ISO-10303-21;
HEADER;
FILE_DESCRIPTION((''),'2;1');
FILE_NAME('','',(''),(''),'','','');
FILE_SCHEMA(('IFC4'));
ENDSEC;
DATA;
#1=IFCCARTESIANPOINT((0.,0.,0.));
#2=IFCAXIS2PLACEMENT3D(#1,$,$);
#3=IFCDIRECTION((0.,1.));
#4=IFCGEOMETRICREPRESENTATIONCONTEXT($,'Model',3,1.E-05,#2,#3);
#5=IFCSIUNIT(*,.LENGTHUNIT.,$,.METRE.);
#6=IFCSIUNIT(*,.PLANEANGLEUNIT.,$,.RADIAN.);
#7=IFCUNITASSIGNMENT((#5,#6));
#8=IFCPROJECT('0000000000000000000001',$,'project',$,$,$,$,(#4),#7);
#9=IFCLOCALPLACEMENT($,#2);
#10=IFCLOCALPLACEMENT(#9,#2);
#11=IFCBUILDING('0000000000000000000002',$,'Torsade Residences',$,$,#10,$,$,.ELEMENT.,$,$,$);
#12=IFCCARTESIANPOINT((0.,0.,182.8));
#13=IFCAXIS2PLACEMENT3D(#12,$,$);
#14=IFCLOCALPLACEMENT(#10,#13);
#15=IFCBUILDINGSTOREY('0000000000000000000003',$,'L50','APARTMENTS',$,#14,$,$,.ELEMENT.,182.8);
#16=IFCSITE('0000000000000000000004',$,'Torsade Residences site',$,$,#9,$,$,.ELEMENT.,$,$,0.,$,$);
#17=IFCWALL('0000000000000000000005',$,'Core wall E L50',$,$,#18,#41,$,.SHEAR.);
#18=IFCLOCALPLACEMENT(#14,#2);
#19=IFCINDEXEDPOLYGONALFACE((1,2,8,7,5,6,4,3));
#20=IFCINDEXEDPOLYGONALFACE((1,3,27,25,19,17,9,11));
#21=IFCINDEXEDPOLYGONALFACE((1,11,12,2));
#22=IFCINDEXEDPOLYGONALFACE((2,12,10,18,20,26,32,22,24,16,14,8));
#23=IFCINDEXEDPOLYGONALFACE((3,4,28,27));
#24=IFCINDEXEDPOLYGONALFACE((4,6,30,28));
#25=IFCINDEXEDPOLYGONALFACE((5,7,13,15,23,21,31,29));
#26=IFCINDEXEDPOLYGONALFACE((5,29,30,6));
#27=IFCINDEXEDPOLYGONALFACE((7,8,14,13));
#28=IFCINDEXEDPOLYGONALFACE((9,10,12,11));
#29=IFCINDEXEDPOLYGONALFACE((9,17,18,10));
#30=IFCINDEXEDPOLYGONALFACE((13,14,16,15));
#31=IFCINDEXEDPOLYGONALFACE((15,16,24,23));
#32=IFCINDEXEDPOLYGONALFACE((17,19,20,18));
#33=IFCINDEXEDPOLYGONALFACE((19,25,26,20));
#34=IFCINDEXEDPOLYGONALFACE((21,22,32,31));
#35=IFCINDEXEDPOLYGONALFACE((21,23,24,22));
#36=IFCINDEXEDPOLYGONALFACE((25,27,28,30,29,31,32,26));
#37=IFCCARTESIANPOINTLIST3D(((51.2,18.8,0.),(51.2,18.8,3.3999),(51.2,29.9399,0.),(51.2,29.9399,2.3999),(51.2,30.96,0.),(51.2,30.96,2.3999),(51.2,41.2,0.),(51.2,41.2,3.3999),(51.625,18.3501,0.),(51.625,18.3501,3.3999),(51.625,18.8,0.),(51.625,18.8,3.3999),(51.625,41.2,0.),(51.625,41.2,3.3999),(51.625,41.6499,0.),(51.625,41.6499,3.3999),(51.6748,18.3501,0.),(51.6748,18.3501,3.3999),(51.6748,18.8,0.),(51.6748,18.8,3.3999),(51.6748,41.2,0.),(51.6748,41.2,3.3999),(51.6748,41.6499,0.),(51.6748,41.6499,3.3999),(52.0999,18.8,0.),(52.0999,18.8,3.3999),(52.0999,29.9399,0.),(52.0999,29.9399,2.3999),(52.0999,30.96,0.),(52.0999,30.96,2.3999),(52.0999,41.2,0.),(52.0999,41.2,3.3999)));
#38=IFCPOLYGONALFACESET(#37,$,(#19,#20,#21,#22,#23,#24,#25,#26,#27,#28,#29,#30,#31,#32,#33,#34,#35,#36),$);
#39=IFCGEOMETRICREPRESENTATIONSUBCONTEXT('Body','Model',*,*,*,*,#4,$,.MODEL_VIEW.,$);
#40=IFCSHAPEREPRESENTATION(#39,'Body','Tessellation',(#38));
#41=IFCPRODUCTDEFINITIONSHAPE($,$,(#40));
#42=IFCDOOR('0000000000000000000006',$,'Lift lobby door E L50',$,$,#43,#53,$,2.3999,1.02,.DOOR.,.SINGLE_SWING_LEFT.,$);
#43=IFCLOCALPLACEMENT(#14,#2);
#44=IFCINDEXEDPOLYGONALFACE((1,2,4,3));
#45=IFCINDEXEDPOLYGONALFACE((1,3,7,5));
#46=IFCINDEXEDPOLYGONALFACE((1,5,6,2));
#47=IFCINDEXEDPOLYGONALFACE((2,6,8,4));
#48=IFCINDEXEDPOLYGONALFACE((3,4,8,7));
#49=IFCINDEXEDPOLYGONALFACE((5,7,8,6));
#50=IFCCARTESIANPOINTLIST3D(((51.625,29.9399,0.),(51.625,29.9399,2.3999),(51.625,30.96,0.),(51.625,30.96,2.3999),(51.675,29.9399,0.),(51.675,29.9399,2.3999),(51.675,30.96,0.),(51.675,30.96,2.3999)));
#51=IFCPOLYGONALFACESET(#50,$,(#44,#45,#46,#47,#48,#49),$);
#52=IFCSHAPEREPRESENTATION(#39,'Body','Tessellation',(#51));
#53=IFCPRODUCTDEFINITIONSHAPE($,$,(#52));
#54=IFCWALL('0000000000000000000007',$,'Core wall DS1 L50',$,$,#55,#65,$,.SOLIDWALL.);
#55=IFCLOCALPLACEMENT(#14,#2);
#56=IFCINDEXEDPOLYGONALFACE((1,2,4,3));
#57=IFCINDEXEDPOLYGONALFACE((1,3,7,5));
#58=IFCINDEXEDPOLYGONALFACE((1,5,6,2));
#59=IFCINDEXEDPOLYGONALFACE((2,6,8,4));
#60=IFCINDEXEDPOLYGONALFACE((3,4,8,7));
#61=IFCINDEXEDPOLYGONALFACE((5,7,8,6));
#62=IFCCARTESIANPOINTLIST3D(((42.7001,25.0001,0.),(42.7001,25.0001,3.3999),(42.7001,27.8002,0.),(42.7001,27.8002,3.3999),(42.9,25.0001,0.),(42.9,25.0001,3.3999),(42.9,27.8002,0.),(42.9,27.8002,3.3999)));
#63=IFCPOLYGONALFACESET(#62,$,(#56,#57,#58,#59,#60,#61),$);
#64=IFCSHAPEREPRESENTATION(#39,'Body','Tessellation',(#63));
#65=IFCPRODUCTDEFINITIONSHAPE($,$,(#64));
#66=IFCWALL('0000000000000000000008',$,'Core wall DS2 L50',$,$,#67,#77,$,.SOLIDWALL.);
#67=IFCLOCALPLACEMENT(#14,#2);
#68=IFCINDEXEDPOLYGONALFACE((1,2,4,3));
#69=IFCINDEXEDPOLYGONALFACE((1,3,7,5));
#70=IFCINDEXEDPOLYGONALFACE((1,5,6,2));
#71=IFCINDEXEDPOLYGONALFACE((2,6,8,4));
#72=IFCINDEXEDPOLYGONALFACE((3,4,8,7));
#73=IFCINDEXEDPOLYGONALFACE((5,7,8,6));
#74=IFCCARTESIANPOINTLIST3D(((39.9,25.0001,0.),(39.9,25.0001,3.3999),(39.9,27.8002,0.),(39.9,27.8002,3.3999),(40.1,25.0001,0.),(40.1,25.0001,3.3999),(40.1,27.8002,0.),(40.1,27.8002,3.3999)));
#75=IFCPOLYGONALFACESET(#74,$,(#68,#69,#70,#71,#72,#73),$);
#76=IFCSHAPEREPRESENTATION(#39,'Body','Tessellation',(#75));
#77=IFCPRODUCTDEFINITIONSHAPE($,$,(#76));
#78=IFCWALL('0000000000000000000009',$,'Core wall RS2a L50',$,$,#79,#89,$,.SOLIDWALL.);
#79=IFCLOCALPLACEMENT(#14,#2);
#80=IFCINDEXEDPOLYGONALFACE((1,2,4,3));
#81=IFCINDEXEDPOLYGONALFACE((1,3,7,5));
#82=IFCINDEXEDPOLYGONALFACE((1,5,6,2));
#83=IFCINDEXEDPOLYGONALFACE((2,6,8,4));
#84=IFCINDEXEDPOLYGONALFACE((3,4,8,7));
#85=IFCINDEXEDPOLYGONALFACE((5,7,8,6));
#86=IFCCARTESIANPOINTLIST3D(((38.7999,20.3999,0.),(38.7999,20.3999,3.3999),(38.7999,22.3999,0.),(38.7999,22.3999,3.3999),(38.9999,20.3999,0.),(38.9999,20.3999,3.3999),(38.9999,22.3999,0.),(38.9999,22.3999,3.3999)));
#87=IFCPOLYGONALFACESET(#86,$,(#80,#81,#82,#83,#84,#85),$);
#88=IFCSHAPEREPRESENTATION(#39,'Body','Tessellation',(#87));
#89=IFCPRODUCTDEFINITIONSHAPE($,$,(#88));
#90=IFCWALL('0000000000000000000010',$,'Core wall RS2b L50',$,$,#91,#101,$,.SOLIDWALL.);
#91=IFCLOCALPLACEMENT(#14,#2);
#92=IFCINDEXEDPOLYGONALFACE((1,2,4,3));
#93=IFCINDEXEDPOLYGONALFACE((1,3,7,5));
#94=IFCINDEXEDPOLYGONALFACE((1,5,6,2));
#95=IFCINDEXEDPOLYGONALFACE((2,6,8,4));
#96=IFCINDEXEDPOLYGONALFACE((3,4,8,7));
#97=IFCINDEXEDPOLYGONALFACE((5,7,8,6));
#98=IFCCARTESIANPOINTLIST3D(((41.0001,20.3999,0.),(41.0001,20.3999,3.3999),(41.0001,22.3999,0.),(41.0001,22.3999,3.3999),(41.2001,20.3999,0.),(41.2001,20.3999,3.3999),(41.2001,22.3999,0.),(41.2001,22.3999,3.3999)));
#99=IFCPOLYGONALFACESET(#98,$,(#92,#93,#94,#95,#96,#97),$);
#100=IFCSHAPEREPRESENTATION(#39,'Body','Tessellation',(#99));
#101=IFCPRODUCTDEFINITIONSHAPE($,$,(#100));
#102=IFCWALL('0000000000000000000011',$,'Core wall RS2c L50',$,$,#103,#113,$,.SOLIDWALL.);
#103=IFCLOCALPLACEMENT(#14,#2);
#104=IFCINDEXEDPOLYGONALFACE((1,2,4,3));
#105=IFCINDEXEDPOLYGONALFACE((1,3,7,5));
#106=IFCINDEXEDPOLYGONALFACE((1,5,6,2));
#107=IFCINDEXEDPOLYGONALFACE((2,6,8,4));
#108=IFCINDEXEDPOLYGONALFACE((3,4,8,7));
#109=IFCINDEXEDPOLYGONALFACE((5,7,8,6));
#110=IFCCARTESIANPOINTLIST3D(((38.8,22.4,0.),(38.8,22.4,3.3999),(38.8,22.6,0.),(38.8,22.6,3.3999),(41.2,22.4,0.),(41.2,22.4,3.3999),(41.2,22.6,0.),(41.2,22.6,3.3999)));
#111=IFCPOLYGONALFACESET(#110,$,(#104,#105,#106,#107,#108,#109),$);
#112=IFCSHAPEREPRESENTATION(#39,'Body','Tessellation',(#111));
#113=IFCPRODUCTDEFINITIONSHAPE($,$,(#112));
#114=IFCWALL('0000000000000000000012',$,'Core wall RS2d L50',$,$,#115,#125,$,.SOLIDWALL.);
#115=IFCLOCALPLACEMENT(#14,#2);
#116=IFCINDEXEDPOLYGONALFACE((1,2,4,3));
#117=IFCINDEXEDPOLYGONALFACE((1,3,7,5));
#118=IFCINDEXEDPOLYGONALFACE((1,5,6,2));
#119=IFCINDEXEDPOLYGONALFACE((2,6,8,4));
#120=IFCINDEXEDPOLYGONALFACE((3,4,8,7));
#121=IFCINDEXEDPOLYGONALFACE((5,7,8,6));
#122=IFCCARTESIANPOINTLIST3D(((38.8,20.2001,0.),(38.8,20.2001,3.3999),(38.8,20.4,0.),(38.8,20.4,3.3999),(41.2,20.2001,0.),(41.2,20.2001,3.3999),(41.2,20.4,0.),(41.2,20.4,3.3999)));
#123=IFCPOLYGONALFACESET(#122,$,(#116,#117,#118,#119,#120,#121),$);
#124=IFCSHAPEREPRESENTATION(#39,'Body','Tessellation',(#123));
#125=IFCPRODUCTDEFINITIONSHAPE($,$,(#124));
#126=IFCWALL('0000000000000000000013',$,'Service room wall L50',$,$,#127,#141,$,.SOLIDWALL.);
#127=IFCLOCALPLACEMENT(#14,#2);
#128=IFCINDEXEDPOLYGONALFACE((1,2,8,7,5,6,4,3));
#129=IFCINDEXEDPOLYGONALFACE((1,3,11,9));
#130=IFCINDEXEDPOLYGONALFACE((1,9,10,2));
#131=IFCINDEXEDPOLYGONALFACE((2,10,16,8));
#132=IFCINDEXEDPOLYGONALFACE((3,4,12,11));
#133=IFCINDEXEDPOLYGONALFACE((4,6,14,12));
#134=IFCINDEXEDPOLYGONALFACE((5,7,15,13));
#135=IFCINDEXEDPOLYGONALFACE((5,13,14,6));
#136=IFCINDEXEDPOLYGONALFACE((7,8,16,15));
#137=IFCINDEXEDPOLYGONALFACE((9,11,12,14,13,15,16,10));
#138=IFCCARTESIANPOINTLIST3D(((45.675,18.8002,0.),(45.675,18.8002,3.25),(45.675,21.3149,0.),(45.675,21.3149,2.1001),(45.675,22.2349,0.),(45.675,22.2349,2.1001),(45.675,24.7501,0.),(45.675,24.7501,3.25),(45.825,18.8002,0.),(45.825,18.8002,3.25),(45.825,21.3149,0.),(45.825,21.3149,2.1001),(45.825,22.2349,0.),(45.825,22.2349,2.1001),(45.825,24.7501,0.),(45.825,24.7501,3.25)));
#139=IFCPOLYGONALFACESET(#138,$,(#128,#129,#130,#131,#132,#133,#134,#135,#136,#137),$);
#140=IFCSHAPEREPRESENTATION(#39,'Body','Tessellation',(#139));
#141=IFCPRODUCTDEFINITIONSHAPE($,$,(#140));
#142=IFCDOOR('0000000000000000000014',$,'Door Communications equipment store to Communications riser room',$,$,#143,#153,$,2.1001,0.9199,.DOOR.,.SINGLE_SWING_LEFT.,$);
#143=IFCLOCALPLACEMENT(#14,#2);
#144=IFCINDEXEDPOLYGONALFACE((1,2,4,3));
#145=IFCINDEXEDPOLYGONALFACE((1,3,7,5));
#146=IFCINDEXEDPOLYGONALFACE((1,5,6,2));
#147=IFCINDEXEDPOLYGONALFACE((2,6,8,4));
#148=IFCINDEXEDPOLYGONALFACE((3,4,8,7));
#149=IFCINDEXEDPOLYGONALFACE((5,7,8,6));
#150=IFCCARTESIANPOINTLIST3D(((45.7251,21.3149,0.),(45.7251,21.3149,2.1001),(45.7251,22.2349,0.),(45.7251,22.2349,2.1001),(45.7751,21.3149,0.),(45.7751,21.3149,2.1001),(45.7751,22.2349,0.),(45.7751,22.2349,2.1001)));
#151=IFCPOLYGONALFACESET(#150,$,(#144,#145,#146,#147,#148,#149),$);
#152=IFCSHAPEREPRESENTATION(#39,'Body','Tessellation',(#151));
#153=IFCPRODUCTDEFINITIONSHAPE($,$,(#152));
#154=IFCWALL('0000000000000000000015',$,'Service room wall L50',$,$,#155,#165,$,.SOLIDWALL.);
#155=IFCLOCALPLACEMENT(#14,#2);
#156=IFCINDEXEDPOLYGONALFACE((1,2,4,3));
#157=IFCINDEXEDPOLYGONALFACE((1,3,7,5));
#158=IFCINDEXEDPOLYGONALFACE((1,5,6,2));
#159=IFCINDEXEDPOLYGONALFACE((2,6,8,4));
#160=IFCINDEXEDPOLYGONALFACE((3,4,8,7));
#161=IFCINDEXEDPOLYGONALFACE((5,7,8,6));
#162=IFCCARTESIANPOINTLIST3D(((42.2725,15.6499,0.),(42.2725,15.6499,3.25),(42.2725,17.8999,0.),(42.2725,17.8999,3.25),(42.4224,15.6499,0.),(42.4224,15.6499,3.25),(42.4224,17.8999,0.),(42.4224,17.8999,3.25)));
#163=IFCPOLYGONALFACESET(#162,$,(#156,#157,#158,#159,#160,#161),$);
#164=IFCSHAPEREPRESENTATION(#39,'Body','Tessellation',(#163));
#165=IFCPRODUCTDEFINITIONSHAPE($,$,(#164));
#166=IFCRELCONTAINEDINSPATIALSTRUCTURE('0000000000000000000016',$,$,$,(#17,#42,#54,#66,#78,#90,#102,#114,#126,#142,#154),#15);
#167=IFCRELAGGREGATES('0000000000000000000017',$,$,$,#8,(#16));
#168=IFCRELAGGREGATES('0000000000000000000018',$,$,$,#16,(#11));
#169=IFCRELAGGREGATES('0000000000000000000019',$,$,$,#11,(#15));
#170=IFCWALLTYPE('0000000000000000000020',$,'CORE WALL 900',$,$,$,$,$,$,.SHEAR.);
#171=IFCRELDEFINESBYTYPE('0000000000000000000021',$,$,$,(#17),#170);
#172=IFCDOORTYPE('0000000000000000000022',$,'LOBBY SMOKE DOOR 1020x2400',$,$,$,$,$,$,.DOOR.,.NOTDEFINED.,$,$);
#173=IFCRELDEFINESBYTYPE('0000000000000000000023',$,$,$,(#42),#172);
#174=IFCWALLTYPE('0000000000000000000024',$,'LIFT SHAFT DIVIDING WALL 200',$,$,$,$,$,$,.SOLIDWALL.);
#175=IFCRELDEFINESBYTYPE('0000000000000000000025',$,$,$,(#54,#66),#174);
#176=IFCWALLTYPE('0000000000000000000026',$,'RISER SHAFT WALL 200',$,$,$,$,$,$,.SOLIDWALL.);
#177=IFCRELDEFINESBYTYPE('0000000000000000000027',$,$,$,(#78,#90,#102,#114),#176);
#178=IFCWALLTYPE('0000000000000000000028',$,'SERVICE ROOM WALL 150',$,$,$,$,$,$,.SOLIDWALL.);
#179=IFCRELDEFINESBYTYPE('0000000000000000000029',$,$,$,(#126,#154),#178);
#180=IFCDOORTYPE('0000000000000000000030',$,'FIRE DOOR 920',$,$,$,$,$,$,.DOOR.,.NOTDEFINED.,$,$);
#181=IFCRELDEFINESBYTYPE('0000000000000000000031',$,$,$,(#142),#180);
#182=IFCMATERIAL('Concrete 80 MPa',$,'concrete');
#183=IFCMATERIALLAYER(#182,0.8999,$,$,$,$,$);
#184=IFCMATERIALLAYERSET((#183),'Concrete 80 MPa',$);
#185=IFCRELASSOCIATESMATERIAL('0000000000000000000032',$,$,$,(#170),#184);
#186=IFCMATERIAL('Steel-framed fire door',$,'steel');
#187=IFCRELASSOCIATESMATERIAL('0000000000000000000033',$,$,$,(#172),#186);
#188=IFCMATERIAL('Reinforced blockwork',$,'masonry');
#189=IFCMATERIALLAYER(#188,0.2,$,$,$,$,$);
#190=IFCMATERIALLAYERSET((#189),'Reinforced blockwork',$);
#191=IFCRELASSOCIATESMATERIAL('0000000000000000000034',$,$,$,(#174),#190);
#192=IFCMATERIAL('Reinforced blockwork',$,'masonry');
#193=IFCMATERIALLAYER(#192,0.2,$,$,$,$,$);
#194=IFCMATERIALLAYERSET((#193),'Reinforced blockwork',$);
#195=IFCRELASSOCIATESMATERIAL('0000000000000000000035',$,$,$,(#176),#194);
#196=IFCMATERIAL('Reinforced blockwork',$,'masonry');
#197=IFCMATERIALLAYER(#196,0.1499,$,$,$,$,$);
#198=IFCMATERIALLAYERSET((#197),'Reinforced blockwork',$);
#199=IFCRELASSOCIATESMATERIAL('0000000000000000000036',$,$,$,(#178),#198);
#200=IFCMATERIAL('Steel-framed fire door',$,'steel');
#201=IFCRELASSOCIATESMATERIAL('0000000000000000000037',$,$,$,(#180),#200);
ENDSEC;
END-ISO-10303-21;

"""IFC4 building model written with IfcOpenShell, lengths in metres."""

from ifc_helpers import new_model, si_unit, direction, frame, frame_2d, origin, place, context, subcontext, project, spatial, polyline, rectangle, outline, extrude, material, layer, layer_set, type_object, element, fill, save


model = new_model("IFC4")

# Units and contexts
model_context = context("Model", 3, precision=1e-05, world=origin(), true_north=direction((0.0, 1.0)))
body_context = subcontext(model_context, "Body", "Model", "MODEL_VIEW")
ifc_project = project(units=[si_unit("LENGTHUNIT", "METRE"), si_unit("PLANEANGLEUNIT", "RADIAN")], contexts=[model_context])

# Site, building, storey
site_placement = place(None, origin())
site = spatial("IfcSite", under=ifc_project, at=site_placement, Name="Torsade Residences site", CompositionType="ELEMENT", RefElevation=0.0)
building_placement = place(site_placement, origin())
building = spatial("IfcBuilding", under=site, at=building_placement, Name="Torsade Residences", CompositionType="ELEMENT")
storey_placement = place(building_placement, frame((0.0, 0.0, 182.8)))
storey = spatial("IfcBuildingStorey", under=building, at=storey_placement, Name="L50", Description="APARTMENTS", CompositionType="ELEMENT", Elevation=182.8)

# Shared definitions
ifc_material_1 = material(Name="Concrete 80 MPa", Category="concrete")
ifc_layer_1 = layer(ifc_material_1, 0.8999)
ifc_layer_set_1 = layer_set([ifc_layer_1], Name="Concrete 80 MPa")
wall_type_1 = type_object("IfcWallType", Name="CORE WALL 900", PredefinedType="SHEAR", material=ifc_layer_set_1)

# Wall, opening, door
wall_1_placement = place(storey_placement, frame((51.6499, 18.8, 0.0), z_axis=(0.0, 0.0, 1.0), x_axis=(0.0, 1.0, 0.0)))
wall_1 = element("IfcWall", 1, at=wall_1_placement, inside=storey, type_object=wall_type_1, Name="Core wall E L50", PredefinedType="SHEAR", context=body_context, shape_type="SweptSolid", body=[
    extrude(outline(polyline([(0.0, -0.45), (22.3999, -0.45), (22.3999, -0.0249), (22.8499, -0.0249), (22.8499, 0.0249), (22.3999, 0.0249), (22.3999, 0.45), (0.0, 0.45), (0.0, 0.0249), (-0.45, 0.0249), (-0.45, -0.0249), (0.0, -0.0249), (0.0, -0.45)])), origin(), (0.0, 0.0, 1.0), 3.3999),
])
opening_1_placement = place(wall_1_placement, frame((11.1399, 0.0, 0.0)))
opening_1 = element("IfcOpeningElement", 2, at=opening_1_placement, cuts=wall_1, PredefinedType="OPENING", context=body_context, shape_type="SweptSolid", body=[
    extrude(rectangle(XDim=1.02, YDim=2.3999, at=frame_2d((0.51, 1.2))), frame((0.0, 0.46, 0.0), z_axis=(0.0, -1.0, 0.0), x_axis=(1.0, 0.0, 0.0)), (0.0, 0.0, 1.0), 0.9199),
])
ifc_material_2 = material(Name="Steel-framed fire door", Category="steel")
door_type_1 = type_object("IfcDoorType", Name="LOBBY SMOKE DOOR 1020x2400", OperationType="NOTDEFINED", PredefinedType="DOOR", material=ifc_material_2)
door_1_placement = place(opening_1_placement, origin())
door_1 = element("IfcDoor", 3, at=door_1_placement, inside=storey, type_object=door_type_1, Name="Lift lobby door E L50", OperationType="SINGLE_SWING_LEFT", OverallHeight=2.3999, OverallWidth=1.02, PredefinedType="DOOR", context=body_context, shape_type="SweptSolid", body=[
    extrude(rectangle(XDim=1.02, YDim=2.3999, at=frame_2d((0.51, 1.2))), frame((0.0, 0.0249, 0.0), z_axis=(0.0, -1.0, 0.0), x_axis=(1.0, 0.0, 0.0)), (0.0, 0.0, 1.0), 0.05),
])
fill(opening_1, door_1)

# Walls
ifc_material_3 = material(Name="Reinforced blockwork", Category="masonry")
ifc_layer_2 = layer(ifc_material_3, 0.2)
ifc_layer_set_2 = layer_set([ifc_layer_2], Name="Reinforced blockwork")
wall_type_2 = type_object("IfcWallType", Name="LIFT SHAFT DIVIDING WALL 200", PredefinedType="SOLIDWALL", material=ifc_layer_set_2)
for number, where, z_axis, x_axis, name in (
    (4, (42.8, 27.8, 0.0), (0.0, 0.0, 1.0), (0.0, -1.0, 0.0), "Core wall DS1 L50"),
    (5, (40.0, 27.8, 0.0), (0.0, 0.0, 1.0), (0.0, -1.0, 0.0), "Core wall DS2 L50"),
):
    element("IfcWall", number, at=place(storey_placement, frame(where, z_axis=z_axis, x_axis=x_axis)), inside=storey, type_object=wall_type_2, Name=name, PredefinedType="SOLIDWALL", context=body_context, shape_type="SweptSolid", body=[
        extrude(rectangle(XDim=2.8, YDim=0.2, at=frame_2d((1.3999, 0.0))), origin(), (0.0, 0.0, 1.0), 3.3999),
    ])
ifc_material_4 = material(Name="Reinforced blockwork", Category="masonry")
ifc_layer_3 = layer(ifc_material_4, 0.2)
ifc_layer_set_3 = layer_set([ifc_layer_3], Name="Reinforced blockwork")
wall_type_3 = type_object("IfcWallType", Name="RISER SHAFT WALL 200", PredefinedType="SOLIDWALL", material=ifc_layer_set_3)
for number, where, z_axis, x_axis, name in (
    (6, (38.8999, 22.3999, 0.0), (0.0, 0.0, 1.0), (0.0, -1.0, 0.0), "Core wall RS2a L50"),
    (7, (41.1001, 22.3999, 0.0), (0.0, 0.0, 1.0), (0.0, -1.0, 0.0), "Core wall RS2b L50"),
):
    element("IfcWall", number, at=place(storey_placement, frame(where, z_axis=z_axis, x_axis=x_axis)), inside=storey, type_object=wall_type_3, Name=name, PredefinedType="SOLIDWALL", context=body_context, shape_type="SweptSolid", body=[
        extrude(rectangle(XDim=2.0, YDim=0.2, at=frame_2d((1.0, 0.0))), origin(), (0.0, 0.0, 1.0), 3.3999),
    ])
for number, where, z_axis, x_axis, name in (
    (8, (38.8, 22.5, 0.0), (0.0, 0.0, 1.0), (1.0, 0.0, 0.0), "Core wall RS2c L50"),
    (9, (38.8, 20.3, 0.0), (0.0, 0.0, 1.0), (1.0, 0.0, 0.0), "Core wall RS2d L50"),
):
    element("IfcWall", number, at=place(storey_placement, frame(where, z_axis=z_axis, x_axis=x_axis)), inside=storey, type_object=wall_type_3, Name=name, PredefinedType="SOLIDWALL", context=body_context, shape_type="SweptSolid", body=[
        extrude(rectangle(XDim=2.3999, YDim=0.2, at=frame_2d((1.2, 0.0))), origin(), (0.0, 0.0, 1.0), 3.3999),
    ])

# Wall, opening, door
ifc_material_5 = material(Name="Reinforced blockwork", Category="masonry")
ifc_layer_4 = layer(ifc_material_5, 0.1499)
ifc_layer_set_4 = layer_set([ifc_layer_4], Name="Reinforced blockwork")
wall_type_4 = type_object("IfcWallType", Name="SERVICE ROOM WALL 150", PredefinedType="SOLIDWALL", material=ifc_layer_set_4)
wall_2_placement = place(storey_placement, frame((45.75, 18.8, 0.0), z_axis=(0.0, 0.0, 1.0), x_axis=(0.0, 1.0, 0.0)))
wall_2 = element("IfcWall", 10, at=wall_2_placement, inside=storey, type_object=wall_type_4, Name="Service room wall L50", PredefinedType="SOLIDWALL", context=body_context, shape_type="SweptSolid", body=[
    extrude(rectangle(XDim=5.95, YDim=0.1499, at=frame_2d((2.9751, 0.0))), origin(), (0.0, 0.0, 1.0), 3.25),
])
opening_2_placement = place(wall_2_placement, frame((2.5149, 0.0, 0.0)))
opening_2 = element("IfcOpeningElement", 11, at=opening_2_placement, cuts=wall_2, PredefinedType="OPENING", context=body_context, shape_type="SweptSolid", body=[
    extrude(rectangle(XDim=0.9199, YDim=2.1001, at=frame_2d((0.46, 1.05))), frame((0.0, 0.085, 0.0), z_axis=(0.0, -1.0, 0.0), x_axis=(1.0, 0.0, 0.0)), (0.0, 0.0, 1.0), 0.1699),
])
ifc_material_6 = material(Name="Steel-framed fire door", Category="steel")
door_type_2 = type_object("IfcDoorType", Name="FIRE DOOR 920", OperationType="NOTDEFINED", PredefinedType="DOOR", material=ifc_material_6)
door_2_placement = place(opening_2_placement, origin())
door_2 = element("IfcDoor", 12, at=door_2_placement, inside=storey, type_object=door_type_2, Name="Door Communications equipment store to Communications riser room", OperationType="SINGLE_SWING_LEFT", OverallHeight=2.1001, OverallWidth=0.9199, PredefinedType="DOOR", context=body_context, shape_type="SweptSolid", body=[
    extrude(rectangle(XDim=0.9199, YDim=2.1001, at=frame_2d((0.46, 1.05))), frame((0.0, 0.0249, 0.0), z_axis=(0.0, -1.0, 0.0), x_axis=(1.0, 0.0, 0.0)), (0.0, 0.0, 1.0), 0.05),
])
fill(opening_2, door_2)

# Wall
wall_3_placement = place(storey_placement, frame((42.3474, 15.6499, 0.0), z_axis=(0.0, 0.0, 1.0), x_axis=(0.0, 1.0, 0.0)))
element("IfcWall", 13, at=wall_3_placement, inside=storey, type_object=wall_type_4, Name="Service room wall L50", PredefinedType="SOLIDWALL", context=body_context, shape_type="SweptSolid", body=[
    extrude(rectangle(XDim=2.25, YDim=0.1499, at=frame_2d((1.125, 0.0))), origin(), (0.0, 0.0, 1.0), 3.25),
])

save(model, "model.ifc")
